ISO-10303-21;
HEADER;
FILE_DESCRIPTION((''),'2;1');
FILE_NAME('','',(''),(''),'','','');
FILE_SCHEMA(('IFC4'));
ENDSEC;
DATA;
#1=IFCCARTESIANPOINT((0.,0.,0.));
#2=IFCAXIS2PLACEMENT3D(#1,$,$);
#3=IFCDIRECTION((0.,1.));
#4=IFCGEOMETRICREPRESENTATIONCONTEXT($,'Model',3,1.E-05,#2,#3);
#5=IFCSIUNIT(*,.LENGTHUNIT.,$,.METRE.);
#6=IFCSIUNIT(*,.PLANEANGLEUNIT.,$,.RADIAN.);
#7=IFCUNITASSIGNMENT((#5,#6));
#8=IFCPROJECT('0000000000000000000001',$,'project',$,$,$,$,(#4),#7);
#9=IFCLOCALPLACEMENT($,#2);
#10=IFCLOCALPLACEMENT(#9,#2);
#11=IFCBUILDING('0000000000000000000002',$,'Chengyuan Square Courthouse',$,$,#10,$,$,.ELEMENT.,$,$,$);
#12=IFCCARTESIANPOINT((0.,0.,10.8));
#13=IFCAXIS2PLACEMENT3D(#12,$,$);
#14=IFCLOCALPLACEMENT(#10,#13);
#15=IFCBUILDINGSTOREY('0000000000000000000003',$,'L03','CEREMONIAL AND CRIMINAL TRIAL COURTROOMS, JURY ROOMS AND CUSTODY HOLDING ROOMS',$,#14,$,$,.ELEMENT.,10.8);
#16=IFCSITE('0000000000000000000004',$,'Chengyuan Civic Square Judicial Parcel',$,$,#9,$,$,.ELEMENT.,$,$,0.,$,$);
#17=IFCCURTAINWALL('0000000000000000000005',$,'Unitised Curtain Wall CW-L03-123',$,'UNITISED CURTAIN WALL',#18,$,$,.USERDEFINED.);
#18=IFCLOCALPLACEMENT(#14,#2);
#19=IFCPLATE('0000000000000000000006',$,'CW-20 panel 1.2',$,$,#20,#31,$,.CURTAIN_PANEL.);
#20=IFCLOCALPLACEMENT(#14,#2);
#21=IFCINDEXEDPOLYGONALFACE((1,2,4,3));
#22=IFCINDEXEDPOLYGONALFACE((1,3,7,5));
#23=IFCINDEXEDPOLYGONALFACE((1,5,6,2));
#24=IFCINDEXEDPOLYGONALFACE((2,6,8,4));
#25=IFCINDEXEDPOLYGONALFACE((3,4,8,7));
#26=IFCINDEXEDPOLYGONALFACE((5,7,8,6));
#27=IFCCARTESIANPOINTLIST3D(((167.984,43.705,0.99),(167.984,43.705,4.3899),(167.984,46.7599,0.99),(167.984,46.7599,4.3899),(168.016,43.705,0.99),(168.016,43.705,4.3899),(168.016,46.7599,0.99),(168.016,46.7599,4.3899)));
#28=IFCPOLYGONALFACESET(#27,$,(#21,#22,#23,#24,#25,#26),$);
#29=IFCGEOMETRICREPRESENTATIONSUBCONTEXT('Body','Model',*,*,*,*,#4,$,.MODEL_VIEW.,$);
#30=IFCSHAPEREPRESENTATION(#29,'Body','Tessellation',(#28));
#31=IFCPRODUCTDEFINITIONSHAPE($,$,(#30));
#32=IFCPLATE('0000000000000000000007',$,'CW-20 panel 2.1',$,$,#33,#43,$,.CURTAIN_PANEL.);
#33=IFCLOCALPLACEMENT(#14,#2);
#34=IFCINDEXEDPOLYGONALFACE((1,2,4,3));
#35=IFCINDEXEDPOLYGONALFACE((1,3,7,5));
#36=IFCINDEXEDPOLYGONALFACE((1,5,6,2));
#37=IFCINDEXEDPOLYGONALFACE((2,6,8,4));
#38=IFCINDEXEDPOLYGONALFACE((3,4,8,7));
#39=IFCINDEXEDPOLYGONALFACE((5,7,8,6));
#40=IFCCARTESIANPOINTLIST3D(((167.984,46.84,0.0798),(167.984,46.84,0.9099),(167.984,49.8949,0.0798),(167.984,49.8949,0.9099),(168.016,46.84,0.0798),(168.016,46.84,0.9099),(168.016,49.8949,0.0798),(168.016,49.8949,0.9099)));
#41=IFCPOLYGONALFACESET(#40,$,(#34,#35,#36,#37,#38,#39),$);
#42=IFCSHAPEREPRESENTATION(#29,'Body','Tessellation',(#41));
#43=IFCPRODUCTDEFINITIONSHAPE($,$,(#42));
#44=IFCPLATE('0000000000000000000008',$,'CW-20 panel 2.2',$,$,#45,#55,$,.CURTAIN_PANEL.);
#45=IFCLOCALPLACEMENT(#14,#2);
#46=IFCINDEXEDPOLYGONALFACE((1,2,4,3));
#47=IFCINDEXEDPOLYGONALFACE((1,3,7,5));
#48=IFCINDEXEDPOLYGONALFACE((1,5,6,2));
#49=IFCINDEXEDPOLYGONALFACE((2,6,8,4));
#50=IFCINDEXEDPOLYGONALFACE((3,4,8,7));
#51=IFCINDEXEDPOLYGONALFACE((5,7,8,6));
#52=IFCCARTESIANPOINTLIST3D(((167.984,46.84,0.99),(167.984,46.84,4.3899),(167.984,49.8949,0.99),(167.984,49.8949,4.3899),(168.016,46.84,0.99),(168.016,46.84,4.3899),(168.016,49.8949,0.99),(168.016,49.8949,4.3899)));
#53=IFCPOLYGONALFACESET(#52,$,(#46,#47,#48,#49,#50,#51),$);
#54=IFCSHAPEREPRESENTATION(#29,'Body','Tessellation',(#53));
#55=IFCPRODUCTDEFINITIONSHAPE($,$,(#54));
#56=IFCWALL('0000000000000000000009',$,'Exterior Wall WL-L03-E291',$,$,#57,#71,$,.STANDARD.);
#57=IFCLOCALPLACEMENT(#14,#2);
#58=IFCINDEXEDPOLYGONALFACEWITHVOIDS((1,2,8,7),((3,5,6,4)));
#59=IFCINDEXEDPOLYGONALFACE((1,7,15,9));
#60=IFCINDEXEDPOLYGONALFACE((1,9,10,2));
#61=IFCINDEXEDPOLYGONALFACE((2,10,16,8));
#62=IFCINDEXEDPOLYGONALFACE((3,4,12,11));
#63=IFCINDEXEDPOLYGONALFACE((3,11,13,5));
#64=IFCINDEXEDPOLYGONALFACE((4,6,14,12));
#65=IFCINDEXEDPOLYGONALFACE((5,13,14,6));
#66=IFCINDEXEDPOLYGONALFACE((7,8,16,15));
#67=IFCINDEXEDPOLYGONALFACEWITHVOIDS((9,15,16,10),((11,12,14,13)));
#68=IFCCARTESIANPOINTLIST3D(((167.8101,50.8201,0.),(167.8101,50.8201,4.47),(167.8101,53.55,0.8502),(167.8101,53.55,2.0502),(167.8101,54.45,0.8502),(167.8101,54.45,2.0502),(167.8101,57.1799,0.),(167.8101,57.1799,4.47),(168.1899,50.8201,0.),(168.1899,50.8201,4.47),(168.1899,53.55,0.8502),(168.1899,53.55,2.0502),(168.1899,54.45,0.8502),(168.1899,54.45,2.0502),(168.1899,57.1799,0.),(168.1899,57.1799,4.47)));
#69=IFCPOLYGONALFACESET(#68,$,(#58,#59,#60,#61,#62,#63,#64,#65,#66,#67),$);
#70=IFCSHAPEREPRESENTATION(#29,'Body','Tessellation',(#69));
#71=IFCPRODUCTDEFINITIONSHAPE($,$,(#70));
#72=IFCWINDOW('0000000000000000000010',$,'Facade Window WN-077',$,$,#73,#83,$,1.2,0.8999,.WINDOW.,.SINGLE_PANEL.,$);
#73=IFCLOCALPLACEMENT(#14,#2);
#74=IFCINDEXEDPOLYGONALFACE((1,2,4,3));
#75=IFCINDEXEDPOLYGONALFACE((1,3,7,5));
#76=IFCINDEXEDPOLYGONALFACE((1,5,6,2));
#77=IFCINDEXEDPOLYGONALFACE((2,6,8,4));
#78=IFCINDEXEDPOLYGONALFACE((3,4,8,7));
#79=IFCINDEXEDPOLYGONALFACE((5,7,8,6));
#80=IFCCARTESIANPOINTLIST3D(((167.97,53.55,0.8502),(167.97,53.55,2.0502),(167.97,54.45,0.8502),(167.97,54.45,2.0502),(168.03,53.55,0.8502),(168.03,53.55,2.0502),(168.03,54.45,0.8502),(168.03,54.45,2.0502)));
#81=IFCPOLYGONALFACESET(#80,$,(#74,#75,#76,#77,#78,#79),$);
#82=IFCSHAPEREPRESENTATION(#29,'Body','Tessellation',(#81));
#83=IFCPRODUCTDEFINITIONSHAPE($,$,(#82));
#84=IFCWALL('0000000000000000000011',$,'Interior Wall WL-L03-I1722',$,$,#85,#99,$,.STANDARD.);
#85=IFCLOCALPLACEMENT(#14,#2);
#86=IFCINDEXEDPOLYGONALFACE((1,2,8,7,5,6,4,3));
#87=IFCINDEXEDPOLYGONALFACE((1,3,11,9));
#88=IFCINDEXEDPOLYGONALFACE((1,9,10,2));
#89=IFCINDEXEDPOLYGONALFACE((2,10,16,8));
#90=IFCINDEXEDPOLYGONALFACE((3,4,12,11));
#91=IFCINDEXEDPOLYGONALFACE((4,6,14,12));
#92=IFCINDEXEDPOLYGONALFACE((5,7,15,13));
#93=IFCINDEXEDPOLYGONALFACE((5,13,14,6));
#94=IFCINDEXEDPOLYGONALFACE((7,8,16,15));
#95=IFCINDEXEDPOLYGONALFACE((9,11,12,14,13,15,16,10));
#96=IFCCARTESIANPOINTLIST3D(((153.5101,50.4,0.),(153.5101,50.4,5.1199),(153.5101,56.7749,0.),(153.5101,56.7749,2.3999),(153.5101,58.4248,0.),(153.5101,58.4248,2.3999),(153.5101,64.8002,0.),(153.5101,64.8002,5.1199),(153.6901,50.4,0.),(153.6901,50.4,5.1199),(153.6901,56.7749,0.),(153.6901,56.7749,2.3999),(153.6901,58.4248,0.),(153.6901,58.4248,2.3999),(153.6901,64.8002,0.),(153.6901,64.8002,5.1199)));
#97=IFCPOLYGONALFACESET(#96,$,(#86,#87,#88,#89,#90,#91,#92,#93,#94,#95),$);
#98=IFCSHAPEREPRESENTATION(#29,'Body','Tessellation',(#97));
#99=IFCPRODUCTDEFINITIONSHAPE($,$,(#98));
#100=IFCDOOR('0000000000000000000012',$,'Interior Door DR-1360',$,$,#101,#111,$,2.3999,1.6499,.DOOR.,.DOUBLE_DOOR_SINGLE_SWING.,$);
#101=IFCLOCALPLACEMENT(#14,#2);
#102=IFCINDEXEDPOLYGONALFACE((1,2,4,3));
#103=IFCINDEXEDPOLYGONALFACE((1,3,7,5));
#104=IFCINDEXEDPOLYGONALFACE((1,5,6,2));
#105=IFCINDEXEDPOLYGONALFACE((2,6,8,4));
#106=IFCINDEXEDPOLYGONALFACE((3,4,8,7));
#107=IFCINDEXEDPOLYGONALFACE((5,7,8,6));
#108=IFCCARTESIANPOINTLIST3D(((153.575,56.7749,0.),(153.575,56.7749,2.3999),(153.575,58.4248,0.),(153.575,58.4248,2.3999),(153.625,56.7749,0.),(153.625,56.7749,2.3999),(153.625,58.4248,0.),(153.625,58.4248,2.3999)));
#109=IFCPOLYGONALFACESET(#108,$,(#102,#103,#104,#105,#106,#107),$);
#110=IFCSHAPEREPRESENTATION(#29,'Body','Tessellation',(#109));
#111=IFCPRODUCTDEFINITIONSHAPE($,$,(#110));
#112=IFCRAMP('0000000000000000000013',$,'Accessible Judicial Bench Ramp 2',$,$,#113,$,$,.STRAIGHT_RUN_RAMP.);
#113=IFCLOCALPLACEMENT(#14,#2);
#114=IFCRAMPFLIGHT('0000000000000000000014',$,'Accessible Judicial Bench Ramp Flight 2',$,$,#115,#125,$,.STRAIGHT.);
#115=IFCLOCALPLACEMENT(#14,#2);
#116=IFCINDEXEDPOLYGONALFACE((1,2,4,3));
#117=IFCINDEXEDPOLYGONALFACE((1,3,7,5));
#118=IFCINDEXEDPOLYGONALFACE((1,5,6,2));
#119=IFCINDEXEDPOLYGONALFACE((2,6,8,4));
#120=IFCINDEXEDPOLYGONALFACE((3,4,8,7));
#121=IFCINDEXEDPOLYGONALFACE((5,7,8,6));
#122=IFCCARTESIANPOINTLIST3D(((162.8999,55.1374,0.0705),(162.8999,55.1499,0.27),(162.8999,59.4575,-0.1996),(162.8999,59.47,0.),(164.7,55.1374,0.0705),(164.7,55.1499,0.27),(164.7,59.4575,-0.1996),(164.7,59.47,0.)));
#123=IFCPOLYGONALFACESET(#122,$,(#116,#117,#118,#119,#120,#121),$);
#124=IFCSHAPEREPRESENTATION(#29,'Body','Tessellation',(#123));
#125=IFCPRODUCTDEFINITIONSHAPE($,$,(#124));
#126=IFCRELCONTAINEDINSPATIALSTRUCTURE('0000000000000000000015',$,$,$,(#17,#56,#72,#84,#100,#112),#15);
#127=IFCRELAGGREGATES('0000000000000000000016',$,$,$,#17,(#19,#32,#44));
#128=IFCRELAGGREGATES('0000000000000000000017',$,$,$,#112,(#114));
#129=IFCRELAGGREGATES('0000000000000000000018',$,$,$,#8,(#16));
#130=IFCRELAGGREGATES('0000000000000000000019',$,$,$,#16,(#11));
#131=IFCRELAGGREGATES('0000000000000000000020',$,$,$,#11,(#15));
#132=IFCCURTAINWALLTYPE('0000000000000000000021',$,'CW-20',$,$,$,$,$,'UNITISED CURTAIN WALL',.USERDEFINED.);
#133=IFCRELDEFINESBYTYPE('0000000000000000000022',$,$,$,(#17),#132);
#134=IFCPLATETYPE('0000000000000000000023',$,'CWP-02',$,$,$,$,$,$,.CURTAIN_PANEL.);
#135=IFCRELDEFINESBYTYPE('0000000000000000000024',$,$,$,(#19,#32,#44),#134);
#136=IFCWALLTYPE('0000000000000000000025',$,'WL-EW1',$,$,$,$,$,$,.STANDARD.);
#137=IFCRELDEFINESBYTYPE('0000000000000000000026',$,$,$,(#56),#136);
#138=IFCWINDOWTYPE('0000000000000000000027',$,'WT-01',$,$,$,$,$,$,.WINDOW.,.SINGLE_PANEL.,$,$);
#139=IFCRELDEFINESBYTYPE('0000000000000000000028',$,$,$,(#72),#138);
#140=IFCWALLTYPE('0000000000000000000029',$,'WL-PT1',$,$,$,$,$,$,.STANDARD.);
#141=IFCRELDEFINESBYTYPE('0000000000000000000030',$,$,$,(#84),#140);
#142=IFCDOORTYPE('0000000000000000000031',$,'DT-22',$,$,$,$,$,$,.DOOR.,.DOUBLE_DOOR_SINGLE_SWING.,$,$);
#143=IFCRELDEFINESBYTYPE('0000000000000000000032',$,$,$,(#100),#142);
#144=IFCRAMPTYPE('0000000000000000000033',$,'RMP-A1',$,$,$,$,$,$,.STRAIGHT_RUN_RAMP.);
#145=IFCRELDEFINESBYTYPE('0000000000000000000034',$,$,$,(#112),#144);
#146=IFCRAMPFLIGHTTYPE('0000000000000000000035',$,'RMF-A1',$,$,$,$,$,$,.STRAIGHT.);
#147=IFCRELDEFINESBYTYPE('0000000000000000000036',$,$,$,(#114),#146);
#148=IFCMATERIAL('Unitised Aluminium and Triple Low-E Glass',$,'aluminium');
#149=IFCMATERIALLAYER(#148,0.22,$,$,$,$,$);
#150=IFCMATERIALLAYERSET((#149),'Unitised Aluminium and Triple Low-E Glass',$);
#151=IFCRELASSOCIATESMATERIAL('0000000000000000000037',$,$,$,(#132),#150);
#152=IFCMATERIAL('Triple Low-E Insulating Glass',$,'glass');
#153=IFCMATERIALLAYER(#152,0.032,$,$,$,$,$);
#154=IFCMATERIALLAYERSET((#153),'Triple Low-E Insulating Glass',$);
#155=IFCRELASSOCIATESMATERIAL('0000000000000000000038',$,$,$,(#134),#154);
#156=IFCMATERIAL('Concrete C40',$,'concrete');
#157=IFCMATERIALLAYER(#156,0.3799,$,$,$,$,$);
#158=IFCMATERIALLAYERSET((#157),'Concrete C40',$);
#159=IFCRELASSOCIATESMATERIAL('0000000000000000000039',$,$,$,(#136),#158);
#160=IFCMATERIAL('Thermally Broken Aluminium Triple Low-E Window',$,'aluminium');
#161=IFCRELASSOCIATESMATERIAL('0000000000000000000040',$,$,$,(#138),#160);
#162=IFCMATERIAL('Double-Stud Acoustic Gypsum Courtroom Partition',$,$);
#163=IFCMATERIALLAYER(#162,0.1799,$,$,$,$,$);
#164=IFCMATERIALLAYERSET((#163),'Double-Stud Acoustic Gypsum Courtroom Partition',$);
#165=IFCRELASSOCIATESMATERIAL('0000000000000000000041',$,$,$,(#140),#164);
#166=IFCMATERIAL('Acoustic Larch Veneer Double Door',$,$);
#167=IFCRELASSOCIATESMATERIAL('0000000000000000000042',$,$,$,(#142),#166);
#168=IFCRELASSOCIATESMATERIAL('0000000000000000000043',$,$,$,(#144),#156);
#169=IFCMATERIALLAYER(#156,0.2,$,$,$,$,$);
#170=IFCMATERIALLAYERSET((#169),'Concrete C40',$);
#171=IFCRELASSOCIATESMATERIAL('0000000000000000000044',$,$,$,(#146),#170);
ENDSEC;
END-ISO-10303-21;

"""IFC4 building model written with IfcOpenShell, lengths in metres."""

from ifc_helpers import new_model, si_unit, direction, frame, frame_2d, origin, origin_2d, place, context, subcontext, project, spatial, polyline, rectangle, outline, extrude, material, layer, layer_set, type_object, element, fill, aggregate, save


model = new_model("IFC4")

# Units and contexts
model_context = context("Model", 3, precision=1e-05, world=origin(), true_north=direction((0.0, 1.0)))
body_context = subcontext(model_context, "Body", "Model", "MODEL_VIEW")
ifc_project = project(units=[si_unit("LENGTHUNIT", "METRE"), si_unit("PLANEANGLEUNIT", "RADIAN")], contexts=[model_context])

# Site, building, storey
site_placement = place(None, origin())
site = spatial("IfcSite", under=ifc_project, at=site_placement, Name="Chengyuan Civic Square Judicial Parcel", CompositionType="ELEMENT", RefElevation=0.0)
building_placement = place(site_placement, origin())
building = spatial("IfcBuilding", under=site, at=building_placement, Name="Chengyuan Square Courthouse", CompositionType="ELEMENT")
storey_placement = place(building_placement, frame((0.0, 0.0, 10.8)))
storey = spatial("IfcBuildingStorey", under=building, at=storey_placement, Name="L03", Description="CEREMONIAL AND CRIMINAL TRIAL COURTROOMS, JURY ROOMS AND CUSTODY HOLDING ROOMS", CompositionType="ELEMENT", Elevation=10.8)

# Shared definitions
ifc_material_1 = material(Name="Concrete C40", Category="concrete")

# Curtain wall
ifc_material_2 = material(Name="Unitised Aluminium and Triple Low-E Glass", Category="aluminium")
ifc_layer_1 = layer(ifc_material_2, 0.22)
ifc_layer_set_1 = layer_set([ifc_layer_1], Name="Unitised Aluminium and Triple Low-E Glass")
curtain_wall_type = type_object("IfcCurtainWallType", Name="CW-20", ElementType="UNITISED CURTAIN WALL", PredefinedType="USERDEFINED", material=ifc_layer_set_1)
curtain_wall_1_placement = place(storey_placement, origin())
curtain_wall_1 = element("IfcCurtainWall", 1, at=curtain_wall_1_placement, inside=storey, type_object=curtain_wall_type, Name="Unitised Curtain Wall CW-L03-123", ObjectType="UNITISED CURTAIN WALL", PredefinedType="USERDEFINED")

# Plates
ifc_material_3 = material(Name="Triple Low-E Insulating Glass", Category="glass")
ifc_layer_2 = layer(ifc_material_3, 0.032)
ifc_layer_set_2 = layer_set([ifc_layer_2], Name="Triple Low-E Insulating Glass")
plate_type = type_object("IfcPlateType", Name="CWP-02", PredefinedType="CURTAIN_PANEL", material=ifc_layer_set_2)
plate_1_placement = place(storey_placement, frame((168.0, 45.2324, 0.99), z_axis=(0.0, 0.0, 1.0), x_axis=(0.0, 1.0, 0.0)))
plate_1 = element("IfcPlate", 2, at=plate_1_placement, type_object=plate_type, Name="CW-20 panel 1.2", PredefinedType="CURTAIN_PANEL", context=body_context, shape_type="SweptSolid", body=[
    extrude(rectangle(XDim=3.0549, YDim=0.032, at=origin_2d()), origin(), (0.0, 0.0, 1.0), 3.3999),
])
plate_2_placement = place(storey_placement, frame((168.0, 48.3674, 0.0798), z_axis=(0.0, 0.0, 1.0), x_axis=(0.0, 1.0, 0.0)))
plate_2 = element("IfcPlate", 3, at=plate_2_placement, type_object=plate_type, Name="CW-20 panel 2.1", PredefinedType="CURTAIN_PANEL", context=body_context, shape_type="SweptSolid", body=[
    extrude(rectangle(XDim=3.0549, YDim=0.032, at=origin_2d()), origin(), (0.0, 0.0, 1.0), 0.8301),
])
plate_3_placement = place(storey_placement, frame((168.0, 48.3674, 0.99), z_axis=(0.0, 0.0, 1.0), x_axis=(0.0, 1.0, 0.0)))
plate_3 = element("IfcPlate", 4, at=plate_3_placement, type_object=plate_type, Name="CW-20 panel 2.2", PredefinedType="CURTAIN_PANEL", context=body_context, shape_type="SweptSolid", body=[
    extrude(rectangle(XDim=3.0549, YDim=0.032, at=origin_2d()), origin(), (0.0, 0.0, 1.0), 3.3999),
])
aggregate(curtain_wall_1, [plate_1, plate_2, plate_3])

# Wall, opening, window
ifc_layer_3 = layer(ifc_material_1, 0.3799)
ifc_layer_set_3 = layer_set([ifc_layer_3], Name="Concrete C40")
wall_type_1 = type_object("IfcWallType", Name="WL-EW1", PredefinedType="STANDARD", material=ifc_layer_set_3)
wall_1_placement = place(storey_placement, frame((168.0, 50.8201, 0.0), z_axis=(0.0, 0.0, 1.0), x_axis=(0.0, 1.0, 0.0)))
wall_1 = element("IfcWall", 5, at=wall_1_placement, inside=storey, type_object=wall_type_1, Name="Exterior Wall WL-L03-E291", PredefinedType="STANDARD", context=body_context, shape_type="SweptSolid", body=[
    extrude(rectangle(XDim=6.3599, YDim=0.3799, at=frame_2d((3.1799, 0.0))), origin(), (0.0, 0.0, 1.0), 4.47),
])
opening_1_placement = place(wall_1_placement, frame((2.73, 0.0, 0.8501)))
opening_1 = element("IfcOpeningElement", 6, at=opening_1_placement, cuts=wall_1, PredefinedType="OPENING", context=body_context, shape_type="SweptSolid", body=[
    extrude(rectangle(XDim=0.8999, YDim=1.2, at=frame_2d((0.45, 0.6001))), frame((0.0, 0.2019, 0.0), z_axis=(0.0, -1.0, 0.0), x_axis=(1.0, 0.0, 0.0)), (0.0, 0.0, 1.0), 0.4038),
])
ifc_material_4 = material(Name="Thermally Broken Aluminium Triple Low-E Window", Category="aluminium")
window_type = type_object("IfcWindowType", Name="WT-01", PartitioningType="SINGLE_PANEL", PredefinedType="WINDOW", material=ifc_material_4)
window_placement = place(opening_1_placement, origin())
window = element("IfcWindow", 7, at=window_placement, inside=storey, type_object=window_type, Name="Facade Window WN-077", OverallHeight=1.2, OverallWidth=0.8999, PartitioningType="SINGLE_PANEL", PredefinedType="WINDOW", context=body_context, shape_type="SweptSolid", body=[
    extrude(rectangle(XDim=0.8999, YDim=1.2, at=frame_2d((0.45, 0.6001))), frame((0.0, 0.03, 0.0), z_axis=(0.0, -1.0, 0.0), x_axis=(1.0, 0.0, 0.0)), (0.0, 0.0, 1.0), 0.0601),
])
fill(opening_1, window)

# Wall, opening, door
ifc_material_5 = material(Name="Double-Stud Acoustic Gypsum Courtroom Partition")
ifc_layer_4 = layer(ifc_material_5, 0.1799)
ifc_layer_set_4 = layer_set([ifc_layer_4], Name="Double-Stud Acoustic Gypsum Courtroom Partition")
wall_type_2 = type_object("IfcWallType", Name="WL-PT1", PredefinedType="STANDARD", material=ifc_layer_set_4)
wall_2_placement = place(storey_placement, frame((153.6001, 50.3999, 0.0), z_axis=(0.0, 0.0, 1.0), x_axis=(0.0, 1.0, 0.0)))
wall_2 = element("IfcWall", 8, at=wall_2_placement, inside=storey, type_object=wall_type_2, Name="Interior Wall WL-L03-I1722", PredefinedType="STANDARD", context=body_context, shape_type="SweptSolid", body=[
    extrude(rectangle(XDim=14.4001, YDim=0.1799, at=frame_2d((7.2002, 0.0))), origin(), (0.0, 0.0, 1.0), 5.1199),
])
opening_2_placement = place(wall_2_placement, frame((6.375, 0.0, 0.0)))
opening_2 = element("IfcOpeningElement", 9, at=opening_2_placement, cuts=wall_2, PredefinedType="OPENING", context=body_context, shape_type="SweptSolid", body=[
    extrude(rectangle(XDim=1.6499, YDim=2.3999, at=frame_2d((0.825, 1.2))), frame((0.0, 0.1021, 0.0), z_axis=(0.0, -1.0, 0.0), x_axis=(1.0, 0.0, 0.0)), (0.0, 0.0, 1.0), 0.2039),
])
ifc_material_6 = material(Name="Acoustic Larch Veneer Double Door")
door_type = type_object("IfcDoorType", Name="DT-22", OperationType="DOUBLE_DOOR_SINGLE_SWING", PredefinedType="DOOR", material=ifc_material_6)
door_placement = place(opening_2_placement, frame((1.6499, 0.0, 0.0), z_axis=(0.0, 0.0, 1.0), x_axis=(-1.0, 0.0, 0.0)))
door = element("IfcDoor", 10, at=door_placement, inside=storey, type_object=door_type, Name="Interior Door DR-1360", OperationType="DOUBLE_DOOR_SINGLE_SWING", OverallHeight=2.3999, OverallWidth=1.6499, PredefinedType="DOOR", context=body_context, shape_type="SweptSolid", body=[
    extrude(rectangle(XDim=1.6499, YDim=2.3999, at=frame_2d((0.825, 1.2))), frame((0.0, 0.0249, 0.0), z_axis=(0.0, -1.0, 0.0), x_axis=(1.0, 0.0, 0.0)), (0.0, 0.0, 1.0), 0.05),
])
fill(opening_2, door)

# Ramp, ramp flight
ramp_type = type_object("IfcRampType", Name="RMP-A1", PredefinedType="STRAIGHT_RUN_RAMP", material=ifc_material_1)
ramp_placement = place(storey_placement, origin())
ramp = element("IfcRamp", 11, at=ramp_placement, inside=storey, type_object=ramp_type, Name="Accessible Judicial Bench Ramp 2", PredefinedType="STRAIGHT_RUN_RAMP")
ifc_layer_5 = layer(ifc_material_1, 0.2)
ifc_layer_set_5 = layer_set([ifc_layer_5], Name="Concrete C40")
ramp_flight_type = type_object("IfcRampFlightType", Name="RMF-A1", PredefinedType="STRAIGHT", material=ifc_layer_set_5)
ramp_flight_placement = place(storey_placement, frame((162.8999, 59.47, 0.0), z_axis=(0.0, 0.062382, 0.998052), x_axis=(1.0, 0.0, 0.0)))
ramp_flight = element("IfcRampFlight", 12, at=ramp_flight_placement, type_object=ramp_flight_type, Name="Accessible Judicial Bench Ramp Flight 2", PredefinedType="STRAIGHT", context=body_context, shape_type="SweptSolid", body=[
    extrude(outline(polyline([(0.0, 0.0), (1.8, 0.0), (1.8, -4.3285), (0.0, -4.3285), (0.0, 0.0)])), origin(), (0.0, 0.0, -1.0), 0.2),
])
aggregate(ramp, [ramp_flight])

save(model, "model.ifc")
